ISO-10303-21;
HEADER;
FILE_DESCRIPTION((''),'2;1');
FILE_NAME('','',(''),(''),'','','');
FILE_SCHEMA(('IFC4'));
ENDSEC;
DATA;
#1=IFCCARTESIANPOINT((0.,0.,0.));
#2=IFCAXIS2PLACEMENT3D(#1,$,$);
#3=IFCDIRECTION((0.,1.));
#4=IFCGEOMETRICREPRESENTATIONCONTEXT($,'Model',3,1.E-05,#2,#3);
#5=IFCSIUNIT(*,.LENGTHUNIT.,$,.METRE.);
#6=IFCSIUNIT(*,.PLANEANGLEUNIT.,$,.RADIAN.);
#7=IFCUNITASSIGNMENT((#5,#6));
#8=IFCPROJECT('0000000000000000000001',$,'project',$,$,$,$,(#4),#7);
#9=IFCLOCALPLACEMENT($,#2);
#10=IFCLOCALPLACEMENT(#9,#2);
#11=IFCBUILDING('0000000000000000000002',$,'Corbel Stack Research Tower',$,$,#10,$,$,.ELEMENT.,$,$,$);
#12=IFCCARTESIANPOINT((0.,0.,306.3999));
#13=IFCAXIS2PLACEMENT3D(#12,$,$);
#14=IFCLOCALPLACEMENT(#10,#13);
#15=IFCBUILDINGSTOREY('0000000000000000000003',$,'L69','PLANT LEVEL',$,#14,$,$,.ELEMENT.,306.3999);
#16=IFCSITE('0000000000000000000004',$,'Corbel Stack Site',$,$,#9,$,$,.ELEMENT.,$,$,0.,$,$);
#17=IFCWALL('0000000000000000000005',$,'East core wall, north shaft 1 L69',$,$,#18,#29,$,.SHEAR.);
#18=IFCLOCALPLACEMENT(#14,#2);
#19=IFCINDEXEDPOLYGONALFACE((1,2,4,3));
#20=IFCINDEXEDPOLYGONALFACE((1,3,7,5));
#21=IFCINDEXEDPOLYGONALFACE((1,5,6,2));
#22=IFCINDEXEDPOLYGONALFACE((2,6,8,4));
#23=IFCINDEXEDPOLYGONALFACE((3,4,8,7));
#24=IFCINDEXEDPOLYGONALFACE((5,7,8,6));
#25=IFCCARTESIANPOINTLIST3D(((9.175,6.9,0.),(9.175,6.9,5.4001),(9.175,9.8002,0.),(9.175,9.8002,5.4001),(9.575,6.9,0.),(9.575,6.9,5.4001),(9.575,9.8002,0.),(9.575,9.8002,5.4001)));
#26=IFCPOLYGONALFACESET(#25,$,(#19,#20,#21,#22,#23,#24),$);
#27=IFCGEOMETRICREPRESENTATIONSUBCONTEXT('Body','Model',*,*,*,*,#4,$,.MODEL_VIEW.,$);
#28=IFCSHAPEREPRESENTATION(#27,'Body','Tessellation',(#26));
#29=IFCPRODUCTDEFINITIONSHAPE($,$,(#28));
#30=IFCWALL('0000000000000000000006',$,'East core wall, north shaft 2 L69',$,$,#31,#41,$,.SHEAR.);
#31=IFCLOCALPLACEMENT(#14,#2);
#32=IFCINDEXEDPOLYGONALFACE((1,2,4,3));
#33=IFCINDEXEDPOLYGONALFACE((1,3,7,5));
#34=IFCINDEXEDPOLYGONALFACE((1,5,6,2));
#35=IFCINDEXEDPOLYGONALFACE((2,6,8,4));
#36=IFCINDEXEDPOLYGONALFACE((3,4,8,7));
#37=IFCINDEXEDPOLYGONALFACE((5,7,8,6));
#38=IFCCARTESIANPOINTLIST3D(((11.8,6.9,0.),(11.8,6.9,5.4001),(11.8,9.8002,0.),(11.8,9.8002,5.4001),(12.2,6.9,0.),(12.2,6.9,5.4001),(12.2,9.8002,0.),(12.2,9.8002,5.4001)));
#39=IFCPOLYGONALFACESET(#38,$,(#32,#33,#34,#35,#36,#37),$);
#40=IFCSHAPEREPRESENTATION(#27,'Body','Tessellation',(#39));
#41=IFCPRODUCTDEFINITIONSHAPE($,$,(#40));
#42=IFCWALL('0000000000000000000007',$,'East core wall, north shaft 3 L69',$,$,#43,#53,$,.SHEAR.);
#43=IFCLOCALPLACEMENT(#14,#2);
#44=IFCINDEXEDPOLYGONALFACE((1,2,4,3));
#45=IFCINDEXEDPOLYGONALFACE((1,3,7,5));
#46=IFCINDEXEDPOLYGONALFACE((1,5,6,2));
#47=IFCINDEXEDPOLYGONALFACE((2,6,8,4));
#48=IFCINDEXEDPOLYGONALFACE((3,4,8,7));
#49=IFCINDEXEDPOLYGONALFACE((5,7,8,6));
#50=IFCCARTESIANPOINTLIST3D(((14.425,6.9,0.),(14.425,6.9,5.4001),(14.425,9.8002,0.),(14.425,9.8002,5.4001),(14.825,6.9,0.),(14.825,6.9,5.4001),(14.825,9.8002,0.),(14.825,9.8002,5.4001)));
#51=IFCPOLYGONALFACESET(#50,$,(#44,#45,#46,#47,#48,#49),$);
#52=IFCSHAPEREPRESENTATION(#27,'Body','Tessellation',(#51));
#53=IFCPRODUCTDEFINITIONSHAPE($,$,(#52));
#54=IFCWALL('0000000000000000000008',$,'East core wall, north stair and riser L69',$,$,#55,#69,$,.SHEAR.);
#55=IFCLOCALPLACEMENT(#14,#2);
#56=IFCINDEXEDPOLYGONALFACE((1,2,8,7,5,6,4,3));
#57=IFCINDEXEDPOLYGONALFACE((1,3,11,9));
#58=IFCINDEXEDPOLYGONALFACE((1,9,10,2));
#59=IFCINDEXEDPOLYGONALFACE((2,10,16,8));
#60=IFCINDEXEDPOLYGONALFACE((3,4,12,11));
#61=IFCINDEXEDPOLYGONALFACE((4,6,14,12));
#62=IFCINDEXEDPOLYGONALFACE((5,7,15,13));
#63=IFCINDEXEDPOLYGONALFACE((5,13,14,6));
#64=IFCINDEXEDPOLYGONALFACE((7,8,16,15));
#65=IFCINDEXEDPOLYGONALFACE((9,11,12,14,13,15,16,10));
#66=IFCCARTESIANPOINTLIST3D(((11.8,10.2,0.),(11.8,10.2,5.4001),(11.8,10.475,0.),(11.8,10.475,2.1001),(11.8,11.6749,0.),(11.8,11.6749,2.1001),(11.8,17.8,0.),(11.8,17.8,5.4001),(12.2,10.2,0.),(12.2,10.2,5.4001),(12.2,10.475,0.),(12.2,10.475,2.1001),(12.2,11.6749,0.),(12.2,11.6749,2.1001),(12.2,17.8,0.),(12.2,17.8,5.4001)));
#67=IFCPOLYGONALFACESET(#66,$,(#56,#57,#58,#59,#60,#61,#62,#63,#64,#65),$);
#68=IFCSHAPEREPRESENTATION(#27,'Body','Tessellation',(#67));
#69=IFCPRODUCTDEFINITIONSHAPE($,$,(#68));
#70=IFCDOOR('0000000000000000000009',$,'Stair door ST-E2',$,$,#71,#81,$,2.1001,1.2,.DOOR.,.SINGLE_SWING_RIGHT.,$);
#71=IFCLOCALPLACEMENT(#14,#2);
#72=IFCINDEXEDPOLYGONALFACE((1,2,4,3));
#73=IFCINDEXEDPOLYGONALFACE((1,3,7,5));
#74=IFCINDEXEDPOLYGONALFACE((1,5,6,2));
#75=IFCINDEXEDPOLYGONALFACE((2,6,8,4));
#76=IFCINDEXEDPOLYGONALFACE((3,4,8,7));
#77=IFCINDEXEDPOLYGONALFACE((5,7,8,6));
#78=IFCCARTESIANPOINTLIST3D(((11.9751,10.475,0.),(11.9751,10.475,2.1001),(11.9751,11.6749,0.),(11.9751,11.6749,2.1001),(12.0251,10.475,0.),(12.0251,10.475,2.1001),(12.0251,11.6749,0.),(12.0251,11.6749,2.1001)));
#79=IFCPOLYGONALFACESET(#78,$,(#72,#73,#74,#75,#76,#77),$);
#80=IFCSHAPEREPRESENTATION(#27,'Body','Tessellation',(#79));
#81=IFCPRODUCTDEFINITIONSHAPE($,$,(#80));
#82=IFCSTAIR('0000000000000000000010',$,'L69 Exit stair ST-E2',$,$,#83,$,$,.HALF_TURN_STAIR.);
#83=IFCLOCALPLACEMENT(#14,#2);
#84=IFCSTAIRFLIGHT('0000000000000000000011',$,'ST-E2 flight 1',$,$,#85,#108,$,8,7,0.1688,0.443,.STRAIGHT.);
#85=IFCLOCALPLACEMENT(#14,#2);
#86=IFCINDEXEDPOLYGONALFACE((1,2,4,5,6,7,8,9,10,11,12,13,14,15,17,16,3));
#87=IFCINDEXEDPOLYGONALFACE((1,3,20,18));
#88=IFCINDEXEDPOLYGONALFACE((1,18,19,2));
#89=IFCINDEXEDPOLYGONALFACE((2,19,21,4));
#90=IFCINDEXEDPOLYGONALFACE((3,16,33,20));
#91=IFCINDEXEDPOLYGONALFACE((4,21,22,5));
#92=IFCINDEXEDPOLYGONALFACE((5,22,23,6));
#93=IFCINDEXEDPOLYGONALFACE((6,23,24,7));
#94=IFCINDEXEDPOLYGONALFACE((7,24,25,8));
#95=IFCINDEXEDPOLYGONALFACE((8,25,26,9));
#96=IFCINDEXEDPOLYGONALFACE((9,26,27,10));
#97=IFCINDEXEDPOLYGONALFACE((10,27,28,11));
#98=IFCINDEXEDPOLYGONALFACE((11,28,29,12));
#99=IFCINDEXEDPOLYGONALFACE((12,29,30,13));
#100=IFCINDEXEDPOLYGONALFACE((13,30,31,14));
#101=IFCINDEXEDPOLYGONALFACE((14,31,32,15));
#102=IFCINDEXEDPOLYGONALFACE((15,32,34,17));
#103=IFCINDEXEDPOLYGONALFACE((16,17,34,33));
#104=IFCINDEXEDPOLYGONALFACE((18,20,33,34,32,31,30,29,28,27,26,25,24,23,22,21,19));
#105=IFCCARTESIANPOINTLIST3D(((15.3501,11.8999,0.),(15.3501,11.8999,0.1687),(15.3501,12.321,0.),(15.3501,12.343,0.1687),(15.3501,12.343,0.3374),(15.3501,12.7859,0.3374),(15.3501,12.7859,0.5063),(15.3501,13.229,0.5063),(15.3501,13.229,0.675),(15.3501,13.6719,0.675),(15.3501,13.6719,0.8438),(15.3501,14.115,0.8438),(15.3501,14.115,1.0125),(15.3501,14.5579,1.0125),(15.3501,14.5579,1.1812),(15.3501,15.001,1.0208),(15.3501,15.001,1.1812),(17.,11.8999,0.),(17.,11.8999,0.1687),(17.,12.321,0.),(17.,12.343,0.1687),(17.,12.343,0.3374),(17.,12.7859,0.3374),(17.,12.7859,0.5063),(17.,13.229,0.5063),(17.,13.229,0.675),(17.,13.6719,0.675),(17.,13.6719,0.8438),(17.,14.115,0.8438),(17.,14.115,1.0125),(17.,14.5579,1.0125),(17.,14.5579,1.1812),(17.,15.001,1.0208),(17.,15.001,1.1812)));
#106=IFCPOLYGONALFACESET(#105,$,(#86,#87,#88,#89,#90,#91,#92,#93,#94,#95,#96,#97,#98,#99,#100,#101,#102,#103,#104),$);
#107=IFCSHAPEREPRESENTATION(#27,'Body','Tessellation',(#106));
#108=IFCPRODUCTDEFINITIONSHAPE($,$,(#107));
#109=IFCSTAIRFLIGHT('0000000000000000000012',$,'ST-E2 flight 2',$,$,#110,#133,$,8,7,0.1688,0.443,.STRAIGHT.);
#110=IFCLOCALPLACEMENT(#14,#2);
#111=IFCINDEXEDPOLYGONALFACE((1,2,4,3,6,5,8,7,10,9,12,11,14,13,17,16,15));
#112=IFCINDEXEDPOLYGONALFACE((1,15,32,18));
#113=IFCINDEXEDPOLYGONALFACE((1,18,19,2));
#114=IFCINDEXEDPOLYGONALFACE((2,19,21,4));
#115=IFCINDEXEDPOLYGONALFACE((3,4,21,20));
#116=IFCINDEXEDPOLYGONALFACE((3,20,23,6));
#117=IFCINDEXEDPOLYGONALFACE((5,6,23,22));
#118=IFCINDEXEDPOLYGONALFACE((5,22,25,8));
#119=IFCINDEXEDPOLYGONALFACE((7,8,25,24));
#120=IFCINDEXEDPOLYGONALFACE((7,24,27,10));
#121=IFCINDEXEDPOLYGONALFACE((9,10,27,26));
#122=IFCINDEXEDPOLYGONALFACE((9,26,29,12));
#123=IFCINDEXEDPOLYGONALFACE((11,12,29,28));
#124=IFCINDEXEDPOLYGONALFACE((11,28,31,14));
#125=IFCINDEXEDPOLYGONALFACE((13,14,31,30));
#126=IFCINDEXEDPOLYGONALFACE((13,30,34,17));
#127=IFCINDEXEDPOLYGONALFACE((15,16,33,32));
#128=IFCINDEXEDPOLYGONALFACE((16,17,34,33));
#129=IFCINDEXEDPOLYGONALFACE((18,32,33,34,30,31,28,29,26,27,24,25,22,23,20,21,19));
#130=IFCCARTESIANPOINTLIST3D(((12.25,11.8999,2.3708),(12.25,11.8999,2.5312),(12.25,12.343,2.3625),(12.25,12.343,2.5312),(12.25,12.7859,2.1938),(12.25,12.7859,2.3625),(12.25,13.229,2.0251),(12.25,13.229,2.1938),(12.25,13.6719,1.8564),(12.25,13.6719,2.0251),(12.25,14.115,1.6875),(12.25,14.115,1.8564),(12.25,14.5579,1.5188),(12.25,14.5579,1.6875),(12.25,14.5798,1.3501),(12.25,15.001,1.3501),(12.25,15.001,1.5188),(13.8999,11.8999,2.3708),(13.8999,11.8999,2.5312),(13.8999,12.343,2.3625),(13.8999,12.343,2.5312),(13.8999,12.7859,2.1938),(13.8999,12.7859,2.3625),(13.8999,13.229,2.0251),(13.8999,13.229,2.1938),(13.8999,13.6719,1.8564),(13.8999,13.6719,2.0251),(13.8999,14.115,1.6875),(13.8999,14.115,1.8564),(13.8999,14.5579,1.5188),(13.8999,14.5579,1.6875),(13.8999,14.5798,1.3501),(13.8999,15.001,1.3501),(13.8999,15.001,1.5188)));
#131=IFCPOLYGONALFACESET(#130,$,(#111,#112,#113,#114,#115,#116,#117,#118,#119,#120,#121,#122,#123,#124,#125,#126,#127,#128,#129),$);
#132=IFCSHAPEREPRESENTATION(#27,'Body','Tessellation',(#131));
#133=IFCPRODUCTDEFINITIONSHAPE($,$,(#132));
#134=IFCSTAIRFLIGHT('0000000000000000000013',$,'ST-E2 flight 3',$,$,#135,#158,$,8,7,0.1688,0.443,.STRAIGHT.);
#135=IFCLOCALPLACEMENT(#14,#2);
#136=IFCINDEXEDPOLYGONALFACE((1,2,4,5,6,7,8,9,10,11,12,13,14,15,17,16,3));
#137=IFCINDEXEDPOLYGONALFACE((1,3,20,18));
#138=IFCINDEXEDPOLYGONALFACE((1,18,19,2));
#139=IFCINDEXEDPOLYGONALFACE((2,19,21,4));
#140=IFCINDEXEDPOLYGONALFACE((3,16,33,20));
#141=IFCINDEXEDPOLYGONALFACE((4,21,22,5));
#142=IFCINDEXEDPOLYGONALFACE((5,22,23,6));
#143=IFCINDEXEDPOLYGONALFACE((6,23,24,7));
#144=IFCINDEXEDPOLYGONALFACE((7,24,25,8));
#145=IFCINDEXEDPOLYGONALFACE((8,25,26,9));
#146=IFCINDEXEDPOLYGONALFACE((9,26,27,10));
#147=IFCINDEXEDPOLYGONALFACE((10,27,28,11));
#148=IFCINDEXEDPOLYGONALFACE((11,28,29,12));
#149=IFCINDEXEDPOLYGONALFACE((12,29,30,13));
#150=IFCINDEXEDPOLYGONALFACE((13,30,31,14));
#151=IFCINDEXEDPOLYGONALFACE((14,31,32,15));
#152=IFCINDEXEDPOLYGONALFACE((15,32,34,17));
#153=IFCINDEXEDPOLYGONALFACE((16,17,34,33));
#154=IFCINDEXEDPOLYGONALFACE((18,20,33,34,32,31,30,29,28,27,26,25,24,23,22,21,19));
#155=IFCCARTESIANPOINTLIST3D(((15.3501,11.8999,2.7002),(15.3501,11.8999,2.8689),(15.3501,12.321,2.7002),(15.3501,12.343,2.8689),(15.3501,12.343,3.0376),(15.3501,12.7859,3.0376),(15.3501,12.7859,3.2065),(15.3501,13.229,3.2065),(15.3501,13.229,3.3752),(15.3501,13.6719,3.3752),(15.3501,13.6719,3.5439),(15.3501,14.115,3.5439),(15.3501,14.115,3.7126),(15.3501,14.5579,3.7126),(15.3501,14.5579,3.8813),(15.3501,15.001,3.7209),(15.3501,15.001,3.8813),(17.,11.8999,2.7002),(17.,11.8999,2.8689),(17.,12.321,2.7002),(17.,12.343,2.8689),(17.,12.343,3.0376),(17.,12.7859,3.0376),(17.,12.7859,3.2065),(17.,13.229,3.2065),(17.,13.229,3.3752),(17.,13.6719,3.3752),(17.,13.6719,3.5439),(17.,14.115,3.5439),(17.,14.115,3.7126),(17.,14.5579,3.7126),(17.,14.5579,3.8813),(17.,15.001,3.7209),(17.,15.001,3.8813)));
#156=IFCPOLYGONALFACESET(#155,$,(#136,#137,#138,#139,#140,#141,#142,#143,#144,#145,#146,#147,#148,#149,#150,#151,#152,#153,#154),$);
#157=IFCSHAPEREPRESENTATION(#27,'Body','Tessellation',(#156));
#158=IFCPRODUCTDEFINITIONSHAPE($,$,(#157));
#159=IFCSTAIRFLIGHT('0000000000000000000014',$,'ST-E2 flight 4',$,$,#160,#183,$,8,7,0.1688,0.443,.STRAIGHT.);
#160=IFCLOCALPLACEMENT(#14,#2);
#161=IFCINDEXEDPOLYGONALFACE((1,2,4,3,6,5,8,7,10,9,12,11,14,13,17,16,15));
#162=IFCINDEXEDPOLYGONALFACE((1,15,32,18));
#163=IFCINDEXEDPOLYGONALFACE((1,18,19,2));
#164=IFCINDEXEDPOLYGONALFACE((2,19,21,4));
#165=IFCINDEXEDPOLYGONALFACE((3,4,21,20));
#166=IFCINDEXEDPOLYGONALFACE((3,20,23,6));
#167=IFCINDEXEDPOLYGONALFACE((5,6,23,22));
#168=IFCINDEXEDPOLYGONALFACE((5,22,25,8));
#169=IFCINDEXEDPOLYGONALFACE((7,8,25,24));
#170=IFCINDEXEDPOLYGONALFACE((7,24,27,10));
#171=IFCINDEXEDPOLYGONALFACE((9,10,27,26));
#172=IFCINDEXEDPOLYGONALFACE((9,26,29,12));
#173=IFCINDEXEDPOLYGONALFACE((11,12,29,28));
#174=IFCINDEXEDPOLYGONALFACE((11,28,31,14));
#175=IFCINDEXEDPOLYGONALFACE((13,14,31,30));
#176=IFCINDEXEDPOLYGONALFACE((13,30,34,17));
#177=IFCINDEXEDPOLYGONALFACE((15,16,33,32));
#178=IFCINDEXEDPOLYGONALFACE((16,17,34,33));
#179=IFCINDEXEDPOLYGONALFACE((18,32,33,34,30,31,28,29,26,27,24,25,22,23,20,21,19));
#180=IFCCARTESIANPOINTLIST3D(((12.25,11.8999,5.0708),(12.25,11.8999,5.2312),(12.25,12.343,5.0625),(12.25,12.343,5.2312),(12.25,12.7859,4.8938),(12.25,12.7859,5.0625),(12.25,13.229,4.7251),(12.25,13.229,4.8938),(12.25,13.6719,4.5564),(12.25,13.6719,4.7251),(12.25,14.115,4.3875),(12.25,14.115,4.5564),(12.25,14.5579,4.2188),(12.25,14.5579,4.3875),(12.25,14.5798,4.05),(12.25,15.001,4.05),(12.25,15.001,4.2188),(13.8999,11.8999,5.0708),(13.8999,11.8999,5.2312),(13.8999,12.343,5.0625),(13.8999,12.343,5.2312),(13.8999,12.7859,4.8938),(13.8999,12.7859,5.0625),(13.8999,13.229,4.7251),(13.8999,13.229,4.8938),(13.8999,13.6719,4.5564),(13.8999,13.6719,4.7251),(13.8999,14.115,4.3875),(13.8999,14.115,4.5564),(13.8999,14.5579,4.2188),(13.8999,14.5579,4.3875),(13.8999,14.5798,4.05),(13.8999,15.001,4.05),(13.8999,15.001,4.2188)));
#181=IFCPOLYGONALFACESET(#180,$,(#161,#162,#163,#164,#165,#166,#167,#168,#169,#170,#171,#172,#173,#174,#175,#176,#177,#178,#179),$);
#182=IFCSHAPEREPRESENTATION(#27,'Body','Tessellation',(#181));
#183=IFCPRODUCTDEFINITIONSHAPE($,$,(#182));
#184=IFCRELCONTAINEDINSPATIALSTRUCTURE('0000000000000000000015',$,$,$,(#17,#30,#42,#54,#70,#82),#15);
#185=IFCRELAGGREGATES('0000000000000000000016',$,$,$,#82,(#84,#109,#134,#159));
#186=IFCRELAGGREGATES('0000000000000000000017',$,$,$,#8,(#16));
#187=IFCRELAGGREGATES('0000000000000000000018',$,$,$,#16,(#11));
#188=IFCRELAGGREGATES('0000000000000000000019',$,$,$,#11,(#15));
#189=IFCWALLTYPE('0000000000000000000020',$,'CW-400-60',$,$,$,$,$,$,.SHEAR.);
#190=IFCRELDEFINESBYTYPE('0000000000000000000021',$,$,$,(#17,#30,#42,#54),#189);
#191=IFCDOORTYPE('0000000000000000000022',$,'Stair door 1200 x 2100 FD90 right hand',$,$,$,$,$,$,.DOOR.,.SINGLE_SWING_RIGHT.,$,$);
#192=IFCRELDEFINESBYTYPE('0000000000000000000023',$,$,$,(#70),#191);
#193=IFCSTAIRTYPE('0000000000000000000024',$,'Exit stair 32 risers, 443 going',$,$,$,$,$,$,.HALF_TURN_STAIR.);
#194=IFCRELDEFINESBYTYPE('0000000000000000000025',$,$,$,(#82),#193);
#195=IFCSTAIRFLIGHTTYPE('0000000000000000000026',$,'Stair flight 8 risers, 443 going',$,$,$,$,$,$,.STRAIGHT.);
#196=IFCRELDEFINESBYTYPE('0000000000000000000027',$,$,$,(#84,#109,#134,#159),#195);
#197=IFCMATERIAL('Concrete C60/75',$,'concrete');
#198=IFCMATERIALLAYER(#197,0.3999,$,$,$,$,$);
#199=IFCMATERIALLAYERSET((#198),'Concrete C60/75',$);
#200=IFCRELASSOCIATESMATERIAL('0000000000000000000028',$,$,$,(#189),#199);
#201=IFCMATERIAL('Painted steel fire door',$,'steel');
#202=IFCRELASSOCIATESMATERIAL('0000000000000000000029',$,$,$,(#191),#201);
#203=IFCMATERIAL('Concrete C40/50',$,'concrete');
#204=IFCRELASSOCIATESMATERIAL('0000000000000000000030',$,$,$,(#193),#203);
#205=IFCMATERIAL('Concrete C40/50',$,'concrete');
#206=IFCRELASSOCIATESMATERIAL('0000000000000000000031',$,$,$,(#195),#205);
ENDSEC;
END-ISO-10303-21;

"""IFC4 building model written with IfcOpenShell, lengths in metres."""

from ifc_helpers import new_model, si_unit, direction, frame, frame_2d, origin, place, context, subcontext, project, spatial, polyline, rectangle, outline, extrude, material, layer, layer_set, type_object, element, fill, aggregate, save


model = new_model("IFC4")

# Units and contexts
model_context = context("Model", 3, precision=1e-05, world=origin(), true_north=direction((0.0, 1.0)))
body_context = subcontext(model_context, "Body", "Model", "MODEL_VIEW")
ifc_project = project(units=[si_unit("LENGTHUNIT", "METRE"), si_unit("PLANEANGLEUNIT", "RADIAN")], contexts=[model_context])

# Site, building, storey
site_placement = place(None, origin())
site = spatial("IfcSite", under=ifc_project, at=site_placement, Name="Corbel Stack Site", CompositionType="ELEMENT", RefElevation=0.0)
building_placement = place(site_placement, origin())
building = spatial("IfcBuilding", under=site, at=building_placement, Name="Corbel Stack Research Tower", CompositionType="ELEMENT")
storey_placement = place(building_placement, frame((0.0, 0.0, 306.3999)))
storey = spatial("IfcBuildingStorey", under=building, at=storey_placement, Name="L69", Description="PLANT LEVEL", CompositionType="ELEMENT", Elevation=306.3999)

# Walls
ifc_material_1 = material(Name="Concrete C60/75", Category="concrete")
ifc_layer = layer(ifc_material_1, 0.3999)
ifc_layer_set = layer_set([ifc_layer], Name="Concrete C60/75")
wall_type = type_object("IfcWallType", Name="CW-400-60", PredefinedType="SHEAR", material=ifc_layer_set)
for number, where, z_axis, x_axis, name in (
    (1, (9.375, 6.8999, 0.0), (0.0, 0.0, 1.0), (0.0, 1.0, 0.0), "East core wall, north shaft 1 L69"),
    (2, (12.0, 6.8999, 0.0), (0.0, 0.0, 1.0), (0.0, 1.0, 0.0), "East core wall, north shaft 2 L69"),
    (3, (14.625, 6.8999, 0.0), (0.0, 0.0, 1.0), (0.0, 1.0, 0.0), "East core wall, north shaft 3 L69"),
):
    element("IfcWall", number, at=place(storey_placement, frame(where, z_axis=z_axis, x_axis=x_axis)), inside=storey, type_object=wall_type, Name=name, PredefinedType="SHEAR", context=body_context, shape_type="SweptSolid", body=[
        extrude(rectangle(XDim=2.9001, YDim=0.3999, at=frame_2d((1.4502, 0.0))), origin(), (0.0, 0.0, 1.0), 5.4001),
    ])

# Wall, opening, door
wall_placement = place(storey_placement, frame((12.0, 10.2, 0.0), z_axis=(0.0, 0.0, 1.0), x_axis=(0.0, 1.0, 0.0)))
wall = element("IfcWall", 4, at=wall_placement, inside=storey, type_object=wall_type, Name="East core wall, north stair and riser L69", PredefinedType="SHEAR", context=body_context, shape_type="SweptSolid", body=[
    extrude(rectangle(XDim=7.6001, YDim=0.3999, at=frame_2d((3.8, 0.0))), origin(), (0.0, 0.0, 1.0), 5.4001),
])
opening_placement = place(wall_placement, frame((0.2749, 0.0, 0.0)))
opening = element("IfcOpeningElement", 5, at=opening_placement, cuts=wall, PredefinedType="OPENING", context=body_context, shape_type="SweptSolid", body=[
    extrude(rectangle(XDim=1.2, YDim=2.1001, at=frame_2d((0.6001, 1.05))), frame((0.0, 0.21, 0.0), z_axis=(0.0, -1.0, 0.0), x_axis=(1.0, 0.0, 0.0)), (0.0, 0.0, 1.0), 0.4199),
])
ifc_material_2 = material(Name="Painted steel fire door", Category="steel")
door_type = type_object("IfcDoorType", Name="Stair door 1200 x 2100 FD90 right hand", OperationType="SINGLE_SWING_RIGHT", PredefinedType="DOOR", material=ifc_material_2)
door_placement = place(opening_placement, origin())
door = element("IfcDoor", 6, at=door_placement, inside=storey, type_object=door_type, Name="Stair door ST-E2", OperationType="SINGLE_SWING_RIGHT", OverallHeight=2.1001, OverallWidth=1.2, PredefinedType="DOOR", context=body_context, shape_type="SweptSolid", body=[
    extrude(rectangle(XDim=1.2, YDim=2.1001, at=frame_2d((0.6001, 1.05))), frame((0.0, 0.0249, 0.0), z_axis=(0.0, -1.0, 0.0), x_axis=(1.0, 0.0, 0.0)), (0.0, 0.0, 1.0), 0.05),
])
fill(opening, door)

# Stair, stair flights
ifc_material_3 = material(Name="Concrete C40/50", Category="concrete")
stair_type = type_object("IfcStairType", Name="Exit stair 32 risers, 443 going", PredefinedType="HALF_TURN_STAIR", material=ifc_material_3)
stair_placement = place(storey_placement, origin())
stair = element("IfcStair", 7, at=stair_placement, inside=storey, type_object=stair_type, Name="L69 Exit stair ST-E2", PredefinedType="HALF_TURN_STAIR")
ifc_material_4 = material(Name="Concrete C40/50", Category="concrete")
stair_flight_type = type_object("IfcStairFlightType", Name="Stair flight 8 risers, 443 going", PredefinedType="STRAIGHT", material=ifc_material_4)
stair_flight_1_placement = place(storey_placement, frame((16.175, 11.8999, 0.0), z_axis=(0.0, 0.0, 1.0), x_axis=(0.0, 1.0, 0.0)))
stair_flight_1 = element("IfcStairFlight", 8, at=stair_flight_1_placement, type_object=stair_flight_type, Name="ST-E2 flight 1", NumberOfRisers=8, NumberOfTreads=7, PredefinedType="STRAIGHT", RiserHeight=0.1688, TreadLength=0.443, context=body_context, shape_type="SweptSolid", body=[
    extrude(outline(polyline([(0.0, 0.0), (0.0, 0.1687), (0.4431, 0.1687), (0.4431, 0.3374), (0.886, 0.3374), (0.886, 0.5063), (1.3291, 0.5063), (1.3291, 0.675), (1.772, 0.675), (1.772, 0.8438), (2.2151, 0.8438), (2.2151, 1.0125), (2.658, 1.0125), (2.658, 1.1812), (3.1011, 1.1812), (3.1011, 1.3501), (3.1011, 1.0208), (0.4211, 0.0), (0.0, 0.0)])), frame((0.0, 0.825, 0.0), z_axis=(0.0, -1.0, 0.0), x_axis=(1.0, 0.0, 0.0)), (0.0, 0.0, 1.0), 1.6499),
])
stair_flight_2_placement = place(storey_placement, frame((13.075, 15.001, 1.3501), z_axis=(0.0, 0.0, 1.0), x_axis=(0.0, -1.0, 0.0)))
stair_flight_2 = element("IfcStairFlight", 9, at=stair_flight_2_placement, type_object=stair_flight_type, Name="ST-E2 flight 2", NumberOfRisers=8, NumberOfTreads=7, PredefinedType="STRAIGHT", RiserHeight=0.1688, TreadLength=0.443, context=body_context, shape_type="SweptSolid", body=[
    extrude(outline(polyline([(0.0, 0.0), (0.0, 0.1687), (0.4431, 0.1687), (0.4431, 0.3374), (0.886, 0.3374), (0.886, 0.5063), (1.3291, 0.5063), (1.3291, 0.675), (1.772, 0.675), (1.772, 0.8438), (2.2151, 0.8438), (2.2151, 1.0125), (2.658, 1.0125), (2.658, 1.1812), (3.1011, 1.1812), (3.1011, 1.3501), (3.1011, 1.0208), (0.4211, 0.0), (0.0, 0.0)])), frame((0.0, 0.825, 0.0), z_axis=(0.0, -1.0, 0.0), x_axis=(1.0, 0.0, 0.0)), (0.0, 0.0, 1.0), 1.6499),
])
stair_flight_3_placement = place(storey_placement, frame((16.175, 11.8999, 2.7002), z_axis=(0.0, 0.0, 1.0), x_axis=(0.0, 1.0, 0.0)))
stair_flight_3 = element("IfcStairFlight", 10, at=stair_flight_3_placement, type_object=stair_flight_type, Name="ST-E2 flight 3", NumberOfRisers=8, NumberOfTreads=7, PredefinedType="STRAIGHT", RiserHeight=0.1688, TreadLength=0.443, context=body_context, shape_type="SweptSolid", body=[
    extrude(outline(polyline([(0.0, 0.0), (0.0, 0.1687), (0.4431, 0.1687), (0.4431, 0.3374), (0.886, 0.3374), (0.886, 0.5063), (1.3291, 0.5063), (1.3291, 0.675), (1.772, 0.675), (1.772, 0.8438), (2.2151, 0.8438), (2.2151, 1.0125), (2.658, 1.0125), (2.658, 1.1812), (3.1011, 1.1812), (3.1011, 1.3501), (3.1011, 1.0208), (0.4211, 0.0), (0.0, 0.0)])), frame((0.0, 0.825, 0.0), z_axis=(0.0, -1.0, 0.0), x_axis=(1.0, 0.0, 0.0)), (0.0, 0.0, 1.0), 1.6499),
])
stair_flight_4_placement = place(storey_placement, frame((13.075, 15.001, 4.05), z_axis=(0.0, 0.0, 1.0), x_axis=(0.0, -1.0, 0.0)))
stair_flight_4 = element("IfcStairFlight", 11, at=stair_flight_4_placement, type_object=stair_flight_type, Name="ST-E2 flight 4", NumberOfRisers=8, NumberOfTreads=7, PredefinedType="STRAIGHT", RiserHeight=0.1688, TreadLength=0.443, context=body_context, shape_type="SweptSolid", body=[
    extrude(outline(polyline([(0.0, 0.0), (0.0, 0.1687), (0.4431, 0.1687), (0.4431, 0.3374), (0.886, 0.3374), (0.886, 0.5063), (1.3291, 0.5063), (1.3291, 0.675), (1.772, 0.675), (1.772, 0.8438), (2.2151, 0.8438), (2.2151, 1.0125), (2.658, 1.0125), (2.658, 1.1812), (3.1011, 1.1812), (3.1011, 1.3501), (3.1011, 1.0208), (0.4211, 0.0), (0.0, 0.0)])), frame((0.0, 0.825, 0.0), z_axis=(0.0, -1.0, 0.0), x_axis=(1.0, 0.0, 0.0)), (0.0, 0.0, 1.0), 1.6499),
])
aggregate(stair, [stair_flight_1, stair_flight_2, stair_flight_3, stair_flight_4])

save(model, "model.ifc")
